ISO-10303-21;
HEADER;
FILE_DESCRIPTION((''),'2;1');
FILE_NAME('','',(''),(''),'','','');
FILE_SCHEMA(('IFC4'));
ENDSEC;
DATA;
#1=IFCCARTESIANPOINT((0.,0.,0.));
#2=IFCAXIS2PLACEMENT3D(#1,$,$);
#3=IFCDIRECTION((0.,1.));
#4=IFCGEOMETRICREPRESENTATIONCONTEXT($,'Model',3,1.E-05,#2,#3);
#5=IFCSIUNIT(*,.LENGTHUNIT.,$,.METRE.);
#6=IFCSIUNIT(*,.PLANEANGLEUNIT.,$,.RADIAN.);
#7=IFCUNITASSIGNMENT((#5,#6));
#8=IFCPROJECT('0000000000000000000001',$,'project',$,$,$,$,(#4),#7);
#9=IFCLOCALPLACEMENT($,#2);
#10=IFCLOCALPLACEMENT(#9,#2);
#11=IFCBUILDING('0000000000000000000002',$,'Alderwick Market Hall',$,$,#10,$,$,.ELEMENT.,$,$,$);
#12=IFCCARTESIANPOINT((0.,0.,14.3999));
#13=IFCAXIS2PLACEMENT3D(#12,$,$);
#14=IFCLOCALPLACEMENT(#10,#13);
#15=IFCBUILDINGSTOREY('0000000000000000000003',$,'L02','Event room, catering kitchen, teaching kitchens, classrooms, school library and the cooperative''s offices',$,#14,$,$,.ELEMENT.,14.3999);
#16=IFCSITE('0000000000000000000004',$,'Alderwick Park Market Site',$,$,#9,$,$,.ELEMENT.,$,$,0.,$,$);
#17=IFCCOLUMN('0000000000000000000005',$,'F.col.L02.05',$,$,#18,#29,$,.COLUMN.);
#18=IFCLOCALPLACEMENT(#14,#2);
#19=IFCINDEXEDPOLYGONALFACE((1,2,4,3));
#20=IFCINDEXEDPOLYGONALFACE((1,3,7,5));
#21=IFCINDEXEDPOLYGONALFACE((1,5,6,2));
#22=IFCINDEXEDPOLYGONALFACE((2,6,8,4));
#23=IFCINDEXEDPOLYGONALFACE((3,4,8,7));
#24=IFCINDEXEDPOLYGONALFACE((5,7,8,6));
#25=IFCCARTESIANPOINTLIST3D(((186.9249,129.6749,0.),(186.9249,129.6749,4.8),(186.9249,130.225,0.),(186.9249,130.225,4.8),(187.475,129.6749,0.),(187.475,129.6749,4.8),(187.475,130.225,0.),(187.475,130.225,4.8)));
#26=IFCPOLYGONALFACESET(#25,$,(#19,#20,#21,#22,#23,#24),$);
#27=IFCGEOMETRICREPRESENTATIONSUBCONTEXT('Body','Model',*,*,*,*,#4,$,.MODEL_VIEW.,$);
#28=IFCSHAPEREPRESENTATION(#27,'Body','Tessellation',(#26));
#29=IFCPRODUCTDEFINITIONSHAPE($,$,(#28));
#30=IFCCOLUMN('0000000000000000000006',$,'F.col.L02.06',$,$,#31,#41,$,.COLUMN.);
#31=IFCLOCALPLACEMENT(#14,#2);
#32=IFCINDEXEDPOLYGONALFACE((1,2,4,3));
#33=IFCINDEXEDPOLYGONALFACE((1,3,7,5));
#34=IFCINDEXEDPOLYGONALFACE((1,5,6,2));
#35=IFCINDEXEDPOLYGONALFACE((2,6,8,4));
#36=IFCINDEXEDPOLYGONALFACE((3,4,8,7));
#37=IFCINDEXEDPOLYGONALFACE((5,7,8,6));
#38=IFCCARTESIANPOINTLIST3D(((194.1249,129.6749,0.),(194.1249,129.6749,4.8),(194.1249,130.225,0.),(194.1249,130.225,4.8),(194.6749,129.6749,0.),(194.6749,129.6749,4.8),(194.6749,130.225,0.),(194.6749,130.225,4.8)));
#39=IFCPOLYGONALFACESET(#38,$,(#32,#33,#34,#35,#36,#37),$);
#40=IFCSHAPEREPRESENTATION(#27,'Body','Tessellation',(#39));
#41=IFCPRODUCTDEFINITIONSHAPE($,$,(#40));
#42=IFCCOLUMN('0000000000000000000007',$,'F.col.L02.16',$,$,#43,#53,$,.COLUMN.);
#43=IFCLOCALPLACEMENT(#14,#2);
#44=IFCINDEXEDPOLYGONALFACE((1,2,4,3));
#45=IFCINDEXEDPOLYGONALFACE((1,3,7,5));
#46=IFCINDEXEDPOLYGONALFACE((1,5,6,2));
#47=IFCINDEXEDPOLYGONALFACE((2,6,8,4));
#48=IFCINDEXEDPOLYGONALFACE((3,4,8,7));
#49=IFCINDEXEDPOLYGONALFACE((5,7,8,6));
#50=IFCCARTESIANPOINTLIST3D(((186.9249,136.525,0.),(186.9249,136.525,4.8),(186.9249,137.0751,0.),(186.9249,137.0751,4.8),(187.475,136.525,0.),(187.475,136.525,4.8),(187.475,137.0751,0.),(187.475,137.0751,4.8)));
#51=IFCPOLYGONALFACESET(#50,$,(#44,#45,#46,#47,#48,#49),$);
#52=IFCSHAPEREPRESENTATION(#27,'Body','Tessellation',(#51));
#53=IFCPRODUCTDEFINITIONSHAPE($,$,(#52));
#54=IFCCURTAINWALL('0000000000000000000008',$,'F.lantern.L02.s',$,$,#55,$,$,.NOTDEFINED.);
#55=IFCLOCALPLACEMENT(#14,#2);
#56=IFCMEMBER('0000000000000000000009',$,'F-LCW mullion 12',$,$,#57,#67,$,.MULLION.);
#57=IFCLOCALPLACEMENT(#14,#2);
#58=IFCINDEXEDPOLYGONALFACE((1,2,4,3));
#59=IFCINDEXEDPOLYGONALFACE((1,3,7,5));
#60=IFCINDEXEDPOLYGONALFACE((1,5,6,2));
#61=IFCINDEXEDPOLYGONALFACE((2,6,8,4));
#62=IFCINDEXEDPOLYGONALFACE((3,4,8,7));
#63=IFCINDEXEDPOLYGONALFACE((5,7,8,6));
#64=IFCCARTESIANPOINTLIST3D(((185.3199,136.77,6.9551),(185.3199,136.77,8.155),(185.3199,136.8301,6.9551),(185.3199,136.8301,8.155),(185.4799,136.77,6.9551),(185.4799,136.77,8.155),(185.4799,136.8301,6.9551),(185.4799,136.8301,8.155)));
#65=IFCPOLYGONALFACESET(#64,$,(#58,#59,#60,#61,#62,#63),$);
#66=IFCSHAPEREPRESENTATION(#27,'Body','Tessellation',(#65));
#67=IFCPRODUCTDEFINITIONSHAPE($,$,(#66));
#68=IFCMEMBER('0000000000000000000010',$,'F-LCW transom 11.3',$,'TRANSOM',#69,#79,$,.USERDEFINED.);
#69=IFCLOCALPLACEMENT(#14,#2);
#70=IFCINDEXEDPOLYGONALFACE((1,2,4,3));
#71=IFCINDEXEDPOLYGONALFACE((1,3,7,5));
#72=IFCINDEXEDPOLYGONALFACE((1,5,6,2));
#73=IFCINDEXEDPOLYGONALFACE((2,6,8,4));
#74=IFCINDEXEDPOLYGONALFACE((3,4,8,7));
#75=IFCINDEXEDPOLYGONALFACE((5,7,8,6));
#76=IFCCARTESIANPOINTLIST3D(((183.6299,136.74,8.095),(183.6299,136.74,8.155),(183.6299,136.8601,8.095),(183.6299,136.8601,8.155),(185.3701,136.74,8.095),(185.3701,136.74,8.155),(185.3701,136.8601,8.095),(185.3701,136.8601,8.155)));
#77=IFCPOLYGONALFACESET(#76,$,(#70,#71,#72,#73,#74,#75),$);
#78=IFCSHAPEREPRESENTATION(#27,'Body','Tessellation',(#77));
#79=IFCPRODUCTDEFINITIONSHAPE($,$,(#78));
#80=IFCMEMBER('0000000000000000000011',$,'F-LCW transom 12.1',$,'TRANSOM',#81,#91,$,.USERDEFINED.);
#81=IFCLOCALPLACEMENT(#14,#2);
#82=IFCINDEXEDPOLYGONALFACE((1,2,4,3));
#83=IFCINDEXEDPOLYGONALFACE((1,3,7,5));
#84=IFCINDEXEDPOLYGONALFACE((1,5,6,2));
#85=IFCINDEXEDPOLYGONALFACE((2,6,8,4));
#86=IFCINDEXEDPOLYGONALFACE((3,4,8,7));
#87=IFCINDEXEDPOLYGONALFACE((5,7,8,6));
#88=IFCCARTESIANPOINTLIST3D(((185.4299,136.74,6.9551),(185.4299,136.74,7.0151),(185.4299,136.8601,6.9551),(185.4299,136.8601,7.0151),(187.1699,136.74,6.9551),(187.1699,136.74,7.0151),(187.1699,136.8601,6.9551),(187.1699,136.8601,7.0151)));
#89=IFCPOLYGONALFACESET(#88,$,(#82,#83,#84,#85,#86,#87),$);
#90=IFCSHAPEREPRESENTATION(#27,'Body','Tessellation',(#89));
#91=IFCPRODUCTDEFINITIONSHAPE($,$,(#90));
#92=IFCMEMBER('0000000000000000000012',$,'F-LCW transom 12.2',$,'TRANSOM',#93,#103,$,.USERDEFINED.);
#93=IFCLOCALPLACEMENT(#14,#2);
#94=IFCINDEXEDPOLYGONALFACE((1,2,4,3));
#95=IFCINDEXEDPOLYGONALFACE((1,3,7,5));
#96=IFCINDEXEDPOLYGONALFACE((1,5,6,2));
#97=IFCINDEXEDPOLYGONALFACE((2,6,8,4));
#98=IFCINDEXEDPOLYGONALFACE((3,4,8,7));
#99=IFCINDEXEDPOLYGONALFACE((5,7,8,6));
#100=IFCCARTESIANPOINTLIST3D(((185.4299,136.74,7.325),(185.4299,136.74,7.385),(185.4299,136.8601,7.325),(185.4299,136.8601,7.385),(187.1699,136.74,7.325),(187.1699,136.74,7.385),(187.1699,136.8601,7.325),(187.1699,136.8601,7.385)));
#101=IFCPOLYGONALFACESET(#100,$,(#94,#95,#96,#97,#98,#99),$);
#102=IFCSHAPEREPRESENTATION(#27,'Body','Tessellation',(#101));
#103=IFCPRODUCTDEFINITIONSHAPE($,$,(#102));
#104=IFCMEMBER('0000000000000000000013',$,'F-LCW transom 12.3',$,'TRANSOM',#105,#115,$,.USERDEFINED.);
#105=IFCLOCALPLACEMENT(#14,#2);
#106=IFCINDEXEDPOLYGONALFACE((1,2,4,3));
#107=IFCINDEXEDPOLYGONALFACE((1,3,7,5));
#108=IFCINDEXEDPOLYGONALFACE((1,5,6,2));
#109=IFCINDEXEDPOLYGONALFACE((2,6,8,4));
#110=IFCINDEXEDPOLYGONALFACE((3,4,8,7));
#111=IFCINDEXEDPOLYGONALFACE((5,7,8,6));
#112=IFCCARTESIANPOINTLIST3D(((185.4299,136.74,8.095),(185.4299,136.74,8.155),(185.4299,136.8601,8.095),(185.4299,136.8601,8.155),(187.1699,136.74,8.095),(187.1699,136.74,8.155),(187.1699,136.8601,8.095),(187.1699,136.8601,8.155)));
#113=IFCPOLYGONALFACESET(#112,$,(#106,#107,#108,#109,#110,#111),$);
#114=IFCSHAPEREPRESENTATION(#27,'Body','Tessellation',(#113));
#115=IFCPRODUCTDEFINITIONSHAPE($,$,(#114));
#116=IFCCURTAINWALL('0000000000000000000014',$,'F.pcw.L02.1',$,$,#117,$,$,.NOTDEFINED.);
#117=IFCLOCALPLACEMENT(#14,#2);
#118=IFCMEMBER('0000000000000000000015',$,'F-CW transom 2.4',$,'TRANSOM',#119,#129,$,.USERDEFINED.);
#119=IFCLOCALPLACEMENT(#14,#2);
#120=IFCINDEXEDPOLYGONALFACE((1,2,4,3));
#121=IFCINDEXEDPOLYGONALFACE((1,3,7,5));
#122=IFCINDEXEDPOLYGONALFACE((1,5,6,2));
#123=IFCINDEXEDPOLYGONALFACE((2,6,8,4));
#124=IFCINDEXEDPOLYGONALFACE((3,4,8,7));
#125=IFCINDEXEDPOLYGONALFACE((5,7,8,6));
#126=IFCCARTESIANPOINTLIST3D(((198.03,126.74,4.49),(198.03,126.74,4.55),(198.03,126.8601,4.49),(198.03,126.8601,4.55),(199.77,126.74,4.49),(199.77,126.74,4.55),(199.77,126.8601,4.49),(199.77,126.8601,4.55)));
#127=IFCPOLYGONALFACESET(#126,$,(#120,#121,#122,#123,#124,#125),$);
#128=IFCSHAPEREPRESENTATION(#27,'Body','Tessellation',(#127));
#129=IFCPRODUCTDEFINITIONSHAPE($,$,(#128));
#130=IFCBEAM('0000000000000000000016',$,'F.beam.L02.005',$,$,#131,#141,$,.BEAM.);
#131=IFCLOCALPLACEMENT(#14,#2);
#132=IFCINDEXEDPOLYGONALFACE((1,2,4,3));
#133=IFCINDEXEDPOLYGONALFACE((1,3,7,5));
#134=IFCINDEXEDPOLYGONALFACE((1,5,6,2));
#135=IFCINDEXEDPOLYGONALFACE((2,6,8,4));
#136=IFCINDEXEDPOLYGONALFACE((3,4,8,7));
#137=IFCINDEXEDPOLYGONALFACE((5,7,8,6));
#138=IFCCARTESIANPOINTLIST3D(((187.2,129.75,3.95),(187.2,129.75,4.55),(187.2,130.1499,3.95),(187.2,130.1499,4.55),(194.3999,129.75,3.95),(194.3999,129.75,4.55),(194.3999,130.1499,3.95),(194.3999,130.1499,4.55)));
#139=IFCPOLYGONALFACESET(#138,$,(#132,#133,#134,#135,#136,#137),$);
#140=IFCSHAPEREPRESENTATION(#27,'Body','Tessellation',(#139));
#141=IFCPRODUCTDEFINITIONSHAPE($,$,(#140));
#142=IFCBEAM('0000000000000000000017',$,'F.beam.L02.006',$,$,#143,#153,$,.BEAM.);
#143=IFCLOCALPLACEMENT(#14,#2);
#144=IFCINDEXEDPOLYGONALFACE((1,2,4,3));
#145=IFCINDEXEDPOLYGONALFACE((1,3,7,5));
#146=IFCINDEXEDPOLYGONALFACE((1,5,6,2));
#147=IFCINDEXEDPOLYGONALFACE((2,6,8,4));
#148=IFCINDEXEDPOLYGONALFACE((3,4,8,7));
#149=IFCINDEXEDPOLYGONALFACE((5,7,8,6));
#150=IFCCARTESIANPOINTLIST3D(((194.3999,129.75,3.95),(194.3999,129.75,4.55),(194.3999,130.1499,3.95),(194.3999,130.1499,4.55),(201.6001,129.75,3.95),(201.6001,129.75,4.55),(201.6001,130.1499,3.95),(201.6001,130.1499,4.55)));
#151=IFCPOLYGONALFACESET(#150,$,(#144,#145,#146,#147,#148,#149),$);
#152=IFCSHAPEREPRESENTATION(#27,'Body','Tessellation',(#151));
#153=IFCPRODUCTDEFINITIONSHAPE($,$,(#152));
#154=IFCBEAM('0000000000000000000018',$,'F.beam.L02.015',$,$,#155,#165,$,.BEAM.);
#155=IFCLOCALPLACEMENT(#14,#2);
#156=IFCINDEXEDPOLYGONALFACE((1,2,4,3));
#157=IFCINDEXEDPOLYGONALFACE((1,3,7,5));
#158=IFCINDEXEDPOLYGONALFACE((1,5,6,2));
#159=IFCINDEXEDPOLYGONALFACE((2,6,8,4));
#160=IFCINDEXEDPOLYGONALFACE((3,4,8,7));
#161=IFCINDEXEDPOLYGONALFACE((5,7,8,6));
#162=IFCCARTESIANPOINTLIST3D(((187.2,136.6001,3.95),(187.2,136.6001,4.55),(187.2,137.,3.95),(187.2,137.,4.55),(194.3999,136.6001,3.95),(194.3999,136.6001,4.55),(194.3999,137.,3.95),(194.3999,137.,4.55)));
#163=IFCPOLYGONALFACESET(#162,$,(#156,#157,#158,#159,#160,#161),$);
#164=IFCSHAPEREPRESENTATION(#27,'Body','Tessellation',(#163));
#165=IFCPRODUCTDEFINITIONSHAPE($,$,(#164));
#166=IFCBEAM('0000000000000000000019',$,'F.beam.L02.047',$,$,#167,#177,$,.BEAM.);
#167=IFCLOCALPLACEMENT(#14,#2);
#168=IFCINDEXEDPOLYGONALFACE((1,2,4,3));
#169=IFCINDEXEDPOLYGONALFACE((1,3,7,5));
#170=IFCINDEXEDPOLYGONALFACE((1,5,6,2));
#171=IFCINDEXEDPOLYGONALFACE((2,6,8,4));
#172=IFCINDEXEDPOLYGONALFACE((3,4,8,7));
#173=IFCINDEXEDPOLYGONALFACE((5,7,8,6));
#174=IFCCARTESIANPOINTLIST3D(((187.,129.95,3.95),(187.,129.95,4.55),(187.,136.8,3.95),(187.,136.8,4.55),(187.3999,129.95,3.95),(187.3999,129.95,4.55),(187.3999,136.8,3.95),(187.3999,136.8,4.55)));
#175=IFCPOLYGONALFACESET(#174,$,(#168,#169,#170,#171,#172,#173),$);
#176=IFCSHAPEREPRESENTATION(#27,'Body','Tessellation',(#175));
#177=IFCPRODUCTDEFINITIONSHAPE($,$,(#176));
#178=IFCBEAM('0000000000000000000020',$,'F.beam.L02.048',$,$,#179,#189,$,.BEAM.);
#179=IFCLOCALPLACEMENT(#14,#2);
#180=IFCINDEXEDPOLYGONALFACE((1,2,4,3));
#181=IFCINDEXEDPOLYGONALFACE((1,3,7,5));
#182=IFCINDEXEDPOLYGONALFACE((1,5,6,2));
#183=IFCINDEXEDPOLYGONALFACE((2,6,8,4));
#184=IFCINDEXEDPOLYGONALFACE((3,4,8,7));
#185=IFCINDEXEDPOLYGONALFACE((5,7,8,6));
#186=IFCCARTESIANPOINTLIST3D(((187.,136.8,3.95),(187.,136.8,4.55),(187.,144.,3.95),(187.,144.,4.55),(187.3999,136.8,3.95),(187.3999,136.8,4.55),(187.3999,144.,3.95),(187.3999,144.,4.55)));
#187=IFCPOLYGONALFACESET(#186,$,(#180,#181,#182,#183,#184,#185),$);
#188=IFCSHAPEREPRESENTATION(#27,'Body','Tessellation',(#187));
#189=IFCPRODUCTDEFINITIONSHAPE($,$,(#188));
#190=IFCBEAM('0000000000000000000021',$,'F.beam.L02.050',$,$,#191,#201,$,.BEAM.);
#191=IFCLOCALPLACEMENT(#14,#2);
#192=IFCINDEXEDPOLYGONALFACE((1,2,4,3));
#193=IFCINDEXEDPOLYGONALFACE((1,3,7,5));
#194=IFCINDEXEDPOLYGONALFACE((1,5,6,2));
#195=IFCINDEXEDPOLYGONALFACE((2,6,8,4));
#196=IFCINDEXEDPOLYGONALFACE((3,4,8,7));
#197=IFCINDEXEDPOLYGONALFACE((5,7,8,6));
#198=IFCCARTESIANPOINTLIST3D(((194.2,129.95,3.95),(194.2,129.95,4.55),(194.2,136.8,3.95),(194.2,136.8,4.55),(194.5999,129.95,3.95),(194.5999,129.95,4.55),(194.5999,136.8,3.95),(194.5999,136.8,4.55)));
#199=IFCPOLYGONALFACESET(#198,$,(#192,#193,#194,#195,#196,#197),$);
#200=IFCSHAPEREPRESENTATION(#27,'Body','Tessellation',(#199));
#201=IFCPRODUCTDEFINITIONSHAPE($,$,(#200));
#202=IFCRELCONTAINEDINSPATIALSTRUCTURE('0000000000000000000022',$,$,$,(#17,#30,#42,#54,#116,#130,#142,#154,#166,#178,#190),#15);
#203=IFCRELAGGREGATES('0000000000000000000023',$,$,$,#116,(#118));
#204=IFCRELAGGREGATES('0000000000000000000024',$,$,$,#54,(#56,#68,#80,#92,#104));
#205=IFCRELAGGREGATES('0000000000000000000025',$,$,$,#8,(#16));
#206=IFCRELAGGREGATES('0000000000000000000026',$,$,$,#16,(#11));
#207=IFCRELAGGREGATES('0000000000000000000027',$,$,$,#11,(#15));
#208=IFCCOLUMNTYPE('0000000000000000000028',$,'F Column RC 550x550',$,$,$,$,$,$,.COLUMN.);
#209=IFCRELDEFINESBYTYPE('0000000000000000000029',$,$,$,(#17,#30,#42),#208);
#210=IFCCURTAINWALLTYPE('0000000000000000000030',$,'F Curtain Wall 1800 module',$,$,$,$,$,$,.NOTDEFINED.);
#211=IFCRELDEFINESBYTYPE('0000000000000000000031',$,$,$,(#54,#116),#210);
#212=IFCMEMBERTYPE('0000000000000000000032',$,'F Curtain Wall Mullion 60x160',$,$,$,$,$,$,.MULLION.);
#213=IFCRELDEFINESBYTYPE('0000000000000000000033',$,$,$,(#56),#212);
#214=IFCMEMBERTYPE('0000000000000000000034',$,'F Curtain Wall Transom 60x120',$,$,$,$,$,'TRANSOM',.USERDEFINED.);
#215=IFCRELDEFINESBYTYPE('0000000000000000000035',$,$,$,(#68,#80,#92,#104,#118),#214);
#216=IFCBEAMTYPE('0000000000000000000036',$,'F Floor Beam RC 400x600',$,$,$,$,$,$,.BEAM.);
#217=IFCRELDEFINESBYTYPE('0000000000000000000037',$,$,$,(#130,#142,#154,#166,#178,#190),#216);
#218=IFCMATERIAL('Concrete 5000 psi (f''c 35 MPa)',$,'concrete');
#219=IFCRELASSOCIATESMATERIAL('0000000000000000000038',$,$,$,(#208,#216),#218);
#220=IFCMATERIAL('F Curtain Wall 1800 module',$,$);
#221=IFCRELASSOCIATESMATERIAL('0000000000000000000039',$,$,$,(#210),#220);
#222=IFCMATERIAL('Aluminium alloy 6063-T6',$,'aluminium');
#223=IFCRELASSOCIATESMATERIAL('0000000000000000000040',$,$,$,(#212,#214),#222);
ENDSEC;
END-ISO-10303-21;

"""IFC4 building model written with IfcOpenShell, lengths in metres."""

from ifc_helpers import new_model, si_unit, direction, frame, origin, origin_2d, place, context, subcontext, project, spatial, rectangle, extrude, material, material_profile, profile_set, type_object, element, aggregate, save


model = new_model("IFC4")

# Units and contexts
model_context = context("Model", 3, precision=1e-05, world=origin(), true_north=direction((0.0, 1.0)))
body_context = subcontext(model_context, "Body", "Model", "MODEL_VIEW")
ifc_project = project(units=[si_unit("LENGTHUNIT", "METRE"), si_unit("PLANEANGLEUNIT", "RADIAN")], contexts=[model_context])

# Site, building, storey
site_placement = place(None, origin())
site = spatial("IfcSite", under=ifc_project, at=site_placement, Name="Alderwick Park Market Site", CompositionType="ELEMENT", RefElevation=0.0)
building_placement = place(site_placement, origin())
building = spatial("IfcBuilding", under=site, at=building_placement, Name="Alderwick Market Hall", CompositionType="ELEMENT")
storey_placement = place(building_placement, frame((0.0, 0.0, 14.3999)))
storey = spatial("IfcBuildingStorey", under=building, at=storey_placement, Name="L02", Description="Event room, catering kitchen, teaching kitchens, classrooms, school library and the cooperative's offices", CompositionType="ELEMENT", Elevation=14.3999)

# Columns
ifc_material_1 = material(Name="Concrete 5000 psi (f'c 35 MPa)", Category="concrete")
ifc_material_profile_1 = material_profile(ifc_material_1, rectangle(XDim=0.55, YDim=0.55, at=origin_2d()), Name="RC 550x550")
ifc_profile_set_1 = profile_set([ifc_material_profile_1], Name="Concrete 5000 psi (f'c 35 MPa)")
column_type = type_object("IfcColumnType", Name="F Column RC 550x550", PredefinedType="COLUMN", material=ifc_profile_set_1)
for number, where, z_axis, x_axis, name in (
    (1, (187.2, 129.95, 0.0), (0.0, 0.0, 1.0), (1.0, 0.0, 0.0), "F.col.L02.05"),
    (2, (194.3999, 129.95, 0.0), (0.0, 0.0, 1.0), (1.0, 0.0, 0.0), "F.col.L02.06"),
    (3, (187.2, 136.8, 0.0), (0.0, 0.0, 1.0), (1.0, 0.0, 0.0), "F.col.L02.16"),
):
    element("IfcColumn", number, at=place(storey_placement, frame(where, z_axis=z_axis, x_axis=x_axis)), inside=storey, type_object=column_type, Name=name, PredefinedType="COLUMN", context=body_context, shape_type="SweptSolid", body=[
        extrude(rectangle(XDim=0.55, YDim=0.55, at=origin_2d()), origin(), (0.0, 0.0, 1.0), 4.8),
    ])

# Curtain wall, members
ifc_material_2 = material(Name="F Curtain Wall 1800 module")
curtain_wall_type = type_object("IfcCurtainWallType", Name="F Curtain Wall 1800 module", PredefinedType="NOTDEFINED", material=ifc_material_2)
curtain_wall_1_placement = place(storey_placement, origin())
curtain_wall_1 = element("IfcCurtainWall", 4, at=curtain_wall_1_placement, inside=storey, type_object=curtain_wall_type, Name="F.lantern.L02.s", PredefinedType="NOTDEFINED")
ifc_material_3 = material(Name="Aluminium alloy 6063-T6", Category="aluminium")
ifc_material_profile_2 = material_profile(ifc_material_3, rectangle(XDim=0.0601, YDim=0.1599, at=origin_2d()), Name="AL 60x160")
ifc_profile_set_2 = profile_set([ifc_material_profile_2], Name="Aluminium alloy 6063-T6")
member_type_1 = type_object("IfcMemberType", Name="F Curtain Wall Mullion 60x160", PredefinedType="MULLION", material=ifc_profile_set_2)
member_1_placement = place(storey_placement, frame((185.3999, 136.8, 6.9551), z_axis=(0.0, 0.0, 1.0), x_axis=(0.0, 1.0, 0.0)))
member_1 = element("IfcMember", 5, at=member_1_placement, type_object=member_type_1, Name="F-LCW mullion 12", PredefinedType="MULLION", context=body_context, shape_type="SweptSolid", body=[
    extrude(rectangle(XDim=0.0601, YDim=0.1599, at=origin_2d()), origin(), (0.0, 0.0, 1.0), 1.2),
])
ifc_material_profile_3 = material_profile(ifc_material_3, rectangle(XDim=0.1201, YDim=0.0601, at=origin_2d()), Name="AL 60x120")
ifc_profile_set_3 = profile_set([ifc_material_profile_3], Name="Aluminium alloy 6063-T6")
member_type_2 = type_object("IfcMemberType", Name="F Curtain Wall Transom 60x120", ElementType="TRANSOM", PredefinedType="USERDEFINED", material=ifc_profile_set_3)
member_2_placement = place(storey_placement, frame((183.6299, 136.8, 8.125), z_axis=(1.0, 0.0, 0.0), x_axis=(0.0, 1.0, 0.0)))
member_2 = element("IfcMember", 6, at=member_2_placement, type_object=member_type_2, Name="F-LCW transom 11.3", ObjectType="TRANSOM", PredefinedType="USERDEFINED", context=body_context, shape_type="SweptSolid", body=[
    extrude(rectangle(XDim=0.1201, YDim=0.0601, at=origin_2d()), origin(), (0.0, 0.0, 1.0), 1.7402),
])
member_3_placement = place(storey_placement, frame((185.4299, 136.8, 6.9851), z_axis=(1.0, 0.0, 0.0), x_axis=(0.0, 1.0, 0.0)))
member_3 = element("IfcMember", 7, at=member_3_placement, type_object=member_type_2, Name="F-LCW transom 12.1", ObjectType="TRANSOM", PredefinedType="USERDEFINED", context=body_context, shape_type="SweptSolid", body=[
    extrude(rectangle(XDim=0.1201, YDim=0.0601, at=origin_2d()), origin(), (0.0, 0.0, 1.0), 1.74),
])
member_4_placement = place(storey_placement, frame((185.4299, 136.8, 7.355), z_axis=(1.0, 0.0, 0.0), x_axis=(0.0, 1.0, 0.0)))
member_4 = element("IfcMember", 8, at=member_4_placement, type_object=member_type_2, Name="F-LCW transom 12.2", ObjectType="TRANSOM", PredefinedType="USERDEFINED", context=body_context, shape_type="SweptSolid", body=[
    extrude(rectangle(XDim=0.1201, YDim=0.0601, at=origin_2d()), origin(), (0.0, 0.0, 1.0), 1.74),
])
member_5_placement = place(storey_placement, frame((185.4299, 136.8, 8.125), z_axis=(1.0, 0.0, 0.0), x_axis=(0.0, 1.0, 0.0)))
member_5 = element("IfcMember", 9, at=member_5_placement, type_object=member_type_2, Name="F-LCW transom 12.3", ObjectType="TRANSOM", PredefinedType="USERDEFINED", context=body_context, shape_type="SweptSolid", body=[
    extrude(rectangle(XDim=0.1201, YDim=0.0601, at=origin_2d()), origin(), (0.0, 0.0, 1.0), 1.74),
])

# Curtain wall, member
curtain_wall_2_placement = place(storey_placement, origin())
curtain_wall_2 = element("IfcCurtainWall", 10, at=curtain_wall_2_placement, inside=storey, type_object=curtain_wall_type, Name="F.pcw.L02.1", PredefinedType="NOTDEFINED")
member_6_placement = place(storey_placement, frame((199.77, 126.8, 4.52), z_axis=(-1.0, 0.0, 0.0), x_axis=(0.0, -1.0, 0.0)))
member_6 = element("IfcMember", 11, at=member_6_placement, type_object=member_type_2, Name="F-CW transom 2.4", ObjectType="TRANSOM", PredefinedType="USERDEFINED", context=body_context, shape_type="SweptSolid", body=[
    extrude(rectangle(XDim=0.1201, YDim=0.0601, at=origin_2d()), origin(), (0.0, 0.0, 1.0), 1.74),
])
aggregate(curtain_wall_2, [member_6])

# Beams
ifc_material_profile_4 = material_profile(ifc_material_1, rectangle(XDim=0.3999, YDim=0.6001, at=origin_2d()), Name="RC 400x600")
ifc_profile_set_4 = profile_set([ifc_material_profile_4], Name="Concrete 5000 psi (f'c 35 MPa)")
beam_type_1 = type_object("IfcBeamType", Name="F Floor Beam RC 400x600", PredefinedType="BEAM", material=ifc_profile_set_4)
beam_1_placement = place(storey_placement, frame((187.2, 129.95, 4.25), z_axis=(1.0, 0.0, 0.0), x_axis=(0.0, 1.0, 0.0)))
element("IfcBeam", 12, at=beam_1_placement, inside=storey, type_object=beam_type_1, Name="F.beam.L02.005", PredefinedType="BEAM", context=body_context, shape_type="SweptSolid", body=[
    extrude(rectangle(XDim=0.3999, YDim=0.6001, at=origin_2d()), origin(), (0.0, 0.0, 1.0), 7.2),
])
beam_2_placement = place(storey_placement, frame((194.3999, 129.95, 4.25), z_axis=(1.0, 0.0, 0.0), x_axis=(0.0, 1.0, 0.0)))
element("IfcBeam", 13, at=beam_2_placement, inside=storey, type_object=beam_type_1, Name="F.beam.L02.006", PredefinedType="BEAM", context=body_context, shape_type="SweptSolid", body=[
    extrude(rectangle(XDim=0.3999, YDim=0.6001, at=origin_2d()), origin(), (0.0, 0.0, 1.0), 7.2002),
])
beam_3_placement = place(storey_placement, frame((187.2, 136.8, 4.25), z_axis=(1.0, 0.0, 0.0), x_axis=(0.0, 1.0, 0.0)))
element("IfcBeam", 14, at=beam_3_placement, inside=storey, type_object=beam_type_1, Name="F.beam.L02.015", PredefinedType="BEAM", context=body_context, shape_type="SweptSolid", body=[
    extrude(rectangle(XDim=0.3999, YDim=0.6001, at=origin_2d()), origin(), (0.0, 0.0, 1.0), 7.2),
])
beam_4_placement = place(storey_placement, frame((187.2, 129.95, 4.25), z_axis=(0.0, 1.0, 0.0), x_axis=(-1.0, 0.0, 0.0)))
element("IfcBeam", 15, at=beam_4_placement, inside=storey, type_object=beam_type_1, Name="F.beam.L02.047", PredefinedType="BEAM", context=body_context, shape_type="SweptSolid", body=[
    extrude(rectangle(XDim=0.3999, YDim=0.6001, at=origin_2d()), origin(), (0.0, 0.0, 1.0), 6.8501),
])
beam_5_placement = place(storey_placement, frame((187.2, 136.8, 4.25), z_axis=(0.0, 1.0, 0.0), x_axis=(-1.0, 0.0, 0.0)))
element("IfcBeam", 16, at=beam_5_placement, inside=storey, type_object=beam_type_1, Name="F.beam.L02.048", PredefinedType="BEAM", context=body_context, shape_type="SweptSolid", body=[
    extrude(rectangle(XDim=0.3999, YDim=0.6001, at=origin_2d()), origin(), (0.0, 0.0, 1.0), 7.2),
])
beam_6_placement = place(storey_placement, frame((194.3999, 129.95, 4.25), z_axis=(0.0, 1.0, 0.0), x_axis=(-1.0, 0.0, 0.0)))
element("IfcBeam", 17, at=beam_6_placement, inside=storey, type_object=beam_type_1, Name="F.beam.L02.050", PredefinedType="BEAM", context=body_context, shape_type="SweptSolid", body=[
    extrude(rectangle(XDim=0.3999, YDim=0.6001, at=origin_2d()), origin(), (0.0, 0.0, 1.0), 6.8501),
])

aggregate(curtain_wall_1, [member_1, member_2, member_3, member_4, member_5])

save(model, "model.ifc")
